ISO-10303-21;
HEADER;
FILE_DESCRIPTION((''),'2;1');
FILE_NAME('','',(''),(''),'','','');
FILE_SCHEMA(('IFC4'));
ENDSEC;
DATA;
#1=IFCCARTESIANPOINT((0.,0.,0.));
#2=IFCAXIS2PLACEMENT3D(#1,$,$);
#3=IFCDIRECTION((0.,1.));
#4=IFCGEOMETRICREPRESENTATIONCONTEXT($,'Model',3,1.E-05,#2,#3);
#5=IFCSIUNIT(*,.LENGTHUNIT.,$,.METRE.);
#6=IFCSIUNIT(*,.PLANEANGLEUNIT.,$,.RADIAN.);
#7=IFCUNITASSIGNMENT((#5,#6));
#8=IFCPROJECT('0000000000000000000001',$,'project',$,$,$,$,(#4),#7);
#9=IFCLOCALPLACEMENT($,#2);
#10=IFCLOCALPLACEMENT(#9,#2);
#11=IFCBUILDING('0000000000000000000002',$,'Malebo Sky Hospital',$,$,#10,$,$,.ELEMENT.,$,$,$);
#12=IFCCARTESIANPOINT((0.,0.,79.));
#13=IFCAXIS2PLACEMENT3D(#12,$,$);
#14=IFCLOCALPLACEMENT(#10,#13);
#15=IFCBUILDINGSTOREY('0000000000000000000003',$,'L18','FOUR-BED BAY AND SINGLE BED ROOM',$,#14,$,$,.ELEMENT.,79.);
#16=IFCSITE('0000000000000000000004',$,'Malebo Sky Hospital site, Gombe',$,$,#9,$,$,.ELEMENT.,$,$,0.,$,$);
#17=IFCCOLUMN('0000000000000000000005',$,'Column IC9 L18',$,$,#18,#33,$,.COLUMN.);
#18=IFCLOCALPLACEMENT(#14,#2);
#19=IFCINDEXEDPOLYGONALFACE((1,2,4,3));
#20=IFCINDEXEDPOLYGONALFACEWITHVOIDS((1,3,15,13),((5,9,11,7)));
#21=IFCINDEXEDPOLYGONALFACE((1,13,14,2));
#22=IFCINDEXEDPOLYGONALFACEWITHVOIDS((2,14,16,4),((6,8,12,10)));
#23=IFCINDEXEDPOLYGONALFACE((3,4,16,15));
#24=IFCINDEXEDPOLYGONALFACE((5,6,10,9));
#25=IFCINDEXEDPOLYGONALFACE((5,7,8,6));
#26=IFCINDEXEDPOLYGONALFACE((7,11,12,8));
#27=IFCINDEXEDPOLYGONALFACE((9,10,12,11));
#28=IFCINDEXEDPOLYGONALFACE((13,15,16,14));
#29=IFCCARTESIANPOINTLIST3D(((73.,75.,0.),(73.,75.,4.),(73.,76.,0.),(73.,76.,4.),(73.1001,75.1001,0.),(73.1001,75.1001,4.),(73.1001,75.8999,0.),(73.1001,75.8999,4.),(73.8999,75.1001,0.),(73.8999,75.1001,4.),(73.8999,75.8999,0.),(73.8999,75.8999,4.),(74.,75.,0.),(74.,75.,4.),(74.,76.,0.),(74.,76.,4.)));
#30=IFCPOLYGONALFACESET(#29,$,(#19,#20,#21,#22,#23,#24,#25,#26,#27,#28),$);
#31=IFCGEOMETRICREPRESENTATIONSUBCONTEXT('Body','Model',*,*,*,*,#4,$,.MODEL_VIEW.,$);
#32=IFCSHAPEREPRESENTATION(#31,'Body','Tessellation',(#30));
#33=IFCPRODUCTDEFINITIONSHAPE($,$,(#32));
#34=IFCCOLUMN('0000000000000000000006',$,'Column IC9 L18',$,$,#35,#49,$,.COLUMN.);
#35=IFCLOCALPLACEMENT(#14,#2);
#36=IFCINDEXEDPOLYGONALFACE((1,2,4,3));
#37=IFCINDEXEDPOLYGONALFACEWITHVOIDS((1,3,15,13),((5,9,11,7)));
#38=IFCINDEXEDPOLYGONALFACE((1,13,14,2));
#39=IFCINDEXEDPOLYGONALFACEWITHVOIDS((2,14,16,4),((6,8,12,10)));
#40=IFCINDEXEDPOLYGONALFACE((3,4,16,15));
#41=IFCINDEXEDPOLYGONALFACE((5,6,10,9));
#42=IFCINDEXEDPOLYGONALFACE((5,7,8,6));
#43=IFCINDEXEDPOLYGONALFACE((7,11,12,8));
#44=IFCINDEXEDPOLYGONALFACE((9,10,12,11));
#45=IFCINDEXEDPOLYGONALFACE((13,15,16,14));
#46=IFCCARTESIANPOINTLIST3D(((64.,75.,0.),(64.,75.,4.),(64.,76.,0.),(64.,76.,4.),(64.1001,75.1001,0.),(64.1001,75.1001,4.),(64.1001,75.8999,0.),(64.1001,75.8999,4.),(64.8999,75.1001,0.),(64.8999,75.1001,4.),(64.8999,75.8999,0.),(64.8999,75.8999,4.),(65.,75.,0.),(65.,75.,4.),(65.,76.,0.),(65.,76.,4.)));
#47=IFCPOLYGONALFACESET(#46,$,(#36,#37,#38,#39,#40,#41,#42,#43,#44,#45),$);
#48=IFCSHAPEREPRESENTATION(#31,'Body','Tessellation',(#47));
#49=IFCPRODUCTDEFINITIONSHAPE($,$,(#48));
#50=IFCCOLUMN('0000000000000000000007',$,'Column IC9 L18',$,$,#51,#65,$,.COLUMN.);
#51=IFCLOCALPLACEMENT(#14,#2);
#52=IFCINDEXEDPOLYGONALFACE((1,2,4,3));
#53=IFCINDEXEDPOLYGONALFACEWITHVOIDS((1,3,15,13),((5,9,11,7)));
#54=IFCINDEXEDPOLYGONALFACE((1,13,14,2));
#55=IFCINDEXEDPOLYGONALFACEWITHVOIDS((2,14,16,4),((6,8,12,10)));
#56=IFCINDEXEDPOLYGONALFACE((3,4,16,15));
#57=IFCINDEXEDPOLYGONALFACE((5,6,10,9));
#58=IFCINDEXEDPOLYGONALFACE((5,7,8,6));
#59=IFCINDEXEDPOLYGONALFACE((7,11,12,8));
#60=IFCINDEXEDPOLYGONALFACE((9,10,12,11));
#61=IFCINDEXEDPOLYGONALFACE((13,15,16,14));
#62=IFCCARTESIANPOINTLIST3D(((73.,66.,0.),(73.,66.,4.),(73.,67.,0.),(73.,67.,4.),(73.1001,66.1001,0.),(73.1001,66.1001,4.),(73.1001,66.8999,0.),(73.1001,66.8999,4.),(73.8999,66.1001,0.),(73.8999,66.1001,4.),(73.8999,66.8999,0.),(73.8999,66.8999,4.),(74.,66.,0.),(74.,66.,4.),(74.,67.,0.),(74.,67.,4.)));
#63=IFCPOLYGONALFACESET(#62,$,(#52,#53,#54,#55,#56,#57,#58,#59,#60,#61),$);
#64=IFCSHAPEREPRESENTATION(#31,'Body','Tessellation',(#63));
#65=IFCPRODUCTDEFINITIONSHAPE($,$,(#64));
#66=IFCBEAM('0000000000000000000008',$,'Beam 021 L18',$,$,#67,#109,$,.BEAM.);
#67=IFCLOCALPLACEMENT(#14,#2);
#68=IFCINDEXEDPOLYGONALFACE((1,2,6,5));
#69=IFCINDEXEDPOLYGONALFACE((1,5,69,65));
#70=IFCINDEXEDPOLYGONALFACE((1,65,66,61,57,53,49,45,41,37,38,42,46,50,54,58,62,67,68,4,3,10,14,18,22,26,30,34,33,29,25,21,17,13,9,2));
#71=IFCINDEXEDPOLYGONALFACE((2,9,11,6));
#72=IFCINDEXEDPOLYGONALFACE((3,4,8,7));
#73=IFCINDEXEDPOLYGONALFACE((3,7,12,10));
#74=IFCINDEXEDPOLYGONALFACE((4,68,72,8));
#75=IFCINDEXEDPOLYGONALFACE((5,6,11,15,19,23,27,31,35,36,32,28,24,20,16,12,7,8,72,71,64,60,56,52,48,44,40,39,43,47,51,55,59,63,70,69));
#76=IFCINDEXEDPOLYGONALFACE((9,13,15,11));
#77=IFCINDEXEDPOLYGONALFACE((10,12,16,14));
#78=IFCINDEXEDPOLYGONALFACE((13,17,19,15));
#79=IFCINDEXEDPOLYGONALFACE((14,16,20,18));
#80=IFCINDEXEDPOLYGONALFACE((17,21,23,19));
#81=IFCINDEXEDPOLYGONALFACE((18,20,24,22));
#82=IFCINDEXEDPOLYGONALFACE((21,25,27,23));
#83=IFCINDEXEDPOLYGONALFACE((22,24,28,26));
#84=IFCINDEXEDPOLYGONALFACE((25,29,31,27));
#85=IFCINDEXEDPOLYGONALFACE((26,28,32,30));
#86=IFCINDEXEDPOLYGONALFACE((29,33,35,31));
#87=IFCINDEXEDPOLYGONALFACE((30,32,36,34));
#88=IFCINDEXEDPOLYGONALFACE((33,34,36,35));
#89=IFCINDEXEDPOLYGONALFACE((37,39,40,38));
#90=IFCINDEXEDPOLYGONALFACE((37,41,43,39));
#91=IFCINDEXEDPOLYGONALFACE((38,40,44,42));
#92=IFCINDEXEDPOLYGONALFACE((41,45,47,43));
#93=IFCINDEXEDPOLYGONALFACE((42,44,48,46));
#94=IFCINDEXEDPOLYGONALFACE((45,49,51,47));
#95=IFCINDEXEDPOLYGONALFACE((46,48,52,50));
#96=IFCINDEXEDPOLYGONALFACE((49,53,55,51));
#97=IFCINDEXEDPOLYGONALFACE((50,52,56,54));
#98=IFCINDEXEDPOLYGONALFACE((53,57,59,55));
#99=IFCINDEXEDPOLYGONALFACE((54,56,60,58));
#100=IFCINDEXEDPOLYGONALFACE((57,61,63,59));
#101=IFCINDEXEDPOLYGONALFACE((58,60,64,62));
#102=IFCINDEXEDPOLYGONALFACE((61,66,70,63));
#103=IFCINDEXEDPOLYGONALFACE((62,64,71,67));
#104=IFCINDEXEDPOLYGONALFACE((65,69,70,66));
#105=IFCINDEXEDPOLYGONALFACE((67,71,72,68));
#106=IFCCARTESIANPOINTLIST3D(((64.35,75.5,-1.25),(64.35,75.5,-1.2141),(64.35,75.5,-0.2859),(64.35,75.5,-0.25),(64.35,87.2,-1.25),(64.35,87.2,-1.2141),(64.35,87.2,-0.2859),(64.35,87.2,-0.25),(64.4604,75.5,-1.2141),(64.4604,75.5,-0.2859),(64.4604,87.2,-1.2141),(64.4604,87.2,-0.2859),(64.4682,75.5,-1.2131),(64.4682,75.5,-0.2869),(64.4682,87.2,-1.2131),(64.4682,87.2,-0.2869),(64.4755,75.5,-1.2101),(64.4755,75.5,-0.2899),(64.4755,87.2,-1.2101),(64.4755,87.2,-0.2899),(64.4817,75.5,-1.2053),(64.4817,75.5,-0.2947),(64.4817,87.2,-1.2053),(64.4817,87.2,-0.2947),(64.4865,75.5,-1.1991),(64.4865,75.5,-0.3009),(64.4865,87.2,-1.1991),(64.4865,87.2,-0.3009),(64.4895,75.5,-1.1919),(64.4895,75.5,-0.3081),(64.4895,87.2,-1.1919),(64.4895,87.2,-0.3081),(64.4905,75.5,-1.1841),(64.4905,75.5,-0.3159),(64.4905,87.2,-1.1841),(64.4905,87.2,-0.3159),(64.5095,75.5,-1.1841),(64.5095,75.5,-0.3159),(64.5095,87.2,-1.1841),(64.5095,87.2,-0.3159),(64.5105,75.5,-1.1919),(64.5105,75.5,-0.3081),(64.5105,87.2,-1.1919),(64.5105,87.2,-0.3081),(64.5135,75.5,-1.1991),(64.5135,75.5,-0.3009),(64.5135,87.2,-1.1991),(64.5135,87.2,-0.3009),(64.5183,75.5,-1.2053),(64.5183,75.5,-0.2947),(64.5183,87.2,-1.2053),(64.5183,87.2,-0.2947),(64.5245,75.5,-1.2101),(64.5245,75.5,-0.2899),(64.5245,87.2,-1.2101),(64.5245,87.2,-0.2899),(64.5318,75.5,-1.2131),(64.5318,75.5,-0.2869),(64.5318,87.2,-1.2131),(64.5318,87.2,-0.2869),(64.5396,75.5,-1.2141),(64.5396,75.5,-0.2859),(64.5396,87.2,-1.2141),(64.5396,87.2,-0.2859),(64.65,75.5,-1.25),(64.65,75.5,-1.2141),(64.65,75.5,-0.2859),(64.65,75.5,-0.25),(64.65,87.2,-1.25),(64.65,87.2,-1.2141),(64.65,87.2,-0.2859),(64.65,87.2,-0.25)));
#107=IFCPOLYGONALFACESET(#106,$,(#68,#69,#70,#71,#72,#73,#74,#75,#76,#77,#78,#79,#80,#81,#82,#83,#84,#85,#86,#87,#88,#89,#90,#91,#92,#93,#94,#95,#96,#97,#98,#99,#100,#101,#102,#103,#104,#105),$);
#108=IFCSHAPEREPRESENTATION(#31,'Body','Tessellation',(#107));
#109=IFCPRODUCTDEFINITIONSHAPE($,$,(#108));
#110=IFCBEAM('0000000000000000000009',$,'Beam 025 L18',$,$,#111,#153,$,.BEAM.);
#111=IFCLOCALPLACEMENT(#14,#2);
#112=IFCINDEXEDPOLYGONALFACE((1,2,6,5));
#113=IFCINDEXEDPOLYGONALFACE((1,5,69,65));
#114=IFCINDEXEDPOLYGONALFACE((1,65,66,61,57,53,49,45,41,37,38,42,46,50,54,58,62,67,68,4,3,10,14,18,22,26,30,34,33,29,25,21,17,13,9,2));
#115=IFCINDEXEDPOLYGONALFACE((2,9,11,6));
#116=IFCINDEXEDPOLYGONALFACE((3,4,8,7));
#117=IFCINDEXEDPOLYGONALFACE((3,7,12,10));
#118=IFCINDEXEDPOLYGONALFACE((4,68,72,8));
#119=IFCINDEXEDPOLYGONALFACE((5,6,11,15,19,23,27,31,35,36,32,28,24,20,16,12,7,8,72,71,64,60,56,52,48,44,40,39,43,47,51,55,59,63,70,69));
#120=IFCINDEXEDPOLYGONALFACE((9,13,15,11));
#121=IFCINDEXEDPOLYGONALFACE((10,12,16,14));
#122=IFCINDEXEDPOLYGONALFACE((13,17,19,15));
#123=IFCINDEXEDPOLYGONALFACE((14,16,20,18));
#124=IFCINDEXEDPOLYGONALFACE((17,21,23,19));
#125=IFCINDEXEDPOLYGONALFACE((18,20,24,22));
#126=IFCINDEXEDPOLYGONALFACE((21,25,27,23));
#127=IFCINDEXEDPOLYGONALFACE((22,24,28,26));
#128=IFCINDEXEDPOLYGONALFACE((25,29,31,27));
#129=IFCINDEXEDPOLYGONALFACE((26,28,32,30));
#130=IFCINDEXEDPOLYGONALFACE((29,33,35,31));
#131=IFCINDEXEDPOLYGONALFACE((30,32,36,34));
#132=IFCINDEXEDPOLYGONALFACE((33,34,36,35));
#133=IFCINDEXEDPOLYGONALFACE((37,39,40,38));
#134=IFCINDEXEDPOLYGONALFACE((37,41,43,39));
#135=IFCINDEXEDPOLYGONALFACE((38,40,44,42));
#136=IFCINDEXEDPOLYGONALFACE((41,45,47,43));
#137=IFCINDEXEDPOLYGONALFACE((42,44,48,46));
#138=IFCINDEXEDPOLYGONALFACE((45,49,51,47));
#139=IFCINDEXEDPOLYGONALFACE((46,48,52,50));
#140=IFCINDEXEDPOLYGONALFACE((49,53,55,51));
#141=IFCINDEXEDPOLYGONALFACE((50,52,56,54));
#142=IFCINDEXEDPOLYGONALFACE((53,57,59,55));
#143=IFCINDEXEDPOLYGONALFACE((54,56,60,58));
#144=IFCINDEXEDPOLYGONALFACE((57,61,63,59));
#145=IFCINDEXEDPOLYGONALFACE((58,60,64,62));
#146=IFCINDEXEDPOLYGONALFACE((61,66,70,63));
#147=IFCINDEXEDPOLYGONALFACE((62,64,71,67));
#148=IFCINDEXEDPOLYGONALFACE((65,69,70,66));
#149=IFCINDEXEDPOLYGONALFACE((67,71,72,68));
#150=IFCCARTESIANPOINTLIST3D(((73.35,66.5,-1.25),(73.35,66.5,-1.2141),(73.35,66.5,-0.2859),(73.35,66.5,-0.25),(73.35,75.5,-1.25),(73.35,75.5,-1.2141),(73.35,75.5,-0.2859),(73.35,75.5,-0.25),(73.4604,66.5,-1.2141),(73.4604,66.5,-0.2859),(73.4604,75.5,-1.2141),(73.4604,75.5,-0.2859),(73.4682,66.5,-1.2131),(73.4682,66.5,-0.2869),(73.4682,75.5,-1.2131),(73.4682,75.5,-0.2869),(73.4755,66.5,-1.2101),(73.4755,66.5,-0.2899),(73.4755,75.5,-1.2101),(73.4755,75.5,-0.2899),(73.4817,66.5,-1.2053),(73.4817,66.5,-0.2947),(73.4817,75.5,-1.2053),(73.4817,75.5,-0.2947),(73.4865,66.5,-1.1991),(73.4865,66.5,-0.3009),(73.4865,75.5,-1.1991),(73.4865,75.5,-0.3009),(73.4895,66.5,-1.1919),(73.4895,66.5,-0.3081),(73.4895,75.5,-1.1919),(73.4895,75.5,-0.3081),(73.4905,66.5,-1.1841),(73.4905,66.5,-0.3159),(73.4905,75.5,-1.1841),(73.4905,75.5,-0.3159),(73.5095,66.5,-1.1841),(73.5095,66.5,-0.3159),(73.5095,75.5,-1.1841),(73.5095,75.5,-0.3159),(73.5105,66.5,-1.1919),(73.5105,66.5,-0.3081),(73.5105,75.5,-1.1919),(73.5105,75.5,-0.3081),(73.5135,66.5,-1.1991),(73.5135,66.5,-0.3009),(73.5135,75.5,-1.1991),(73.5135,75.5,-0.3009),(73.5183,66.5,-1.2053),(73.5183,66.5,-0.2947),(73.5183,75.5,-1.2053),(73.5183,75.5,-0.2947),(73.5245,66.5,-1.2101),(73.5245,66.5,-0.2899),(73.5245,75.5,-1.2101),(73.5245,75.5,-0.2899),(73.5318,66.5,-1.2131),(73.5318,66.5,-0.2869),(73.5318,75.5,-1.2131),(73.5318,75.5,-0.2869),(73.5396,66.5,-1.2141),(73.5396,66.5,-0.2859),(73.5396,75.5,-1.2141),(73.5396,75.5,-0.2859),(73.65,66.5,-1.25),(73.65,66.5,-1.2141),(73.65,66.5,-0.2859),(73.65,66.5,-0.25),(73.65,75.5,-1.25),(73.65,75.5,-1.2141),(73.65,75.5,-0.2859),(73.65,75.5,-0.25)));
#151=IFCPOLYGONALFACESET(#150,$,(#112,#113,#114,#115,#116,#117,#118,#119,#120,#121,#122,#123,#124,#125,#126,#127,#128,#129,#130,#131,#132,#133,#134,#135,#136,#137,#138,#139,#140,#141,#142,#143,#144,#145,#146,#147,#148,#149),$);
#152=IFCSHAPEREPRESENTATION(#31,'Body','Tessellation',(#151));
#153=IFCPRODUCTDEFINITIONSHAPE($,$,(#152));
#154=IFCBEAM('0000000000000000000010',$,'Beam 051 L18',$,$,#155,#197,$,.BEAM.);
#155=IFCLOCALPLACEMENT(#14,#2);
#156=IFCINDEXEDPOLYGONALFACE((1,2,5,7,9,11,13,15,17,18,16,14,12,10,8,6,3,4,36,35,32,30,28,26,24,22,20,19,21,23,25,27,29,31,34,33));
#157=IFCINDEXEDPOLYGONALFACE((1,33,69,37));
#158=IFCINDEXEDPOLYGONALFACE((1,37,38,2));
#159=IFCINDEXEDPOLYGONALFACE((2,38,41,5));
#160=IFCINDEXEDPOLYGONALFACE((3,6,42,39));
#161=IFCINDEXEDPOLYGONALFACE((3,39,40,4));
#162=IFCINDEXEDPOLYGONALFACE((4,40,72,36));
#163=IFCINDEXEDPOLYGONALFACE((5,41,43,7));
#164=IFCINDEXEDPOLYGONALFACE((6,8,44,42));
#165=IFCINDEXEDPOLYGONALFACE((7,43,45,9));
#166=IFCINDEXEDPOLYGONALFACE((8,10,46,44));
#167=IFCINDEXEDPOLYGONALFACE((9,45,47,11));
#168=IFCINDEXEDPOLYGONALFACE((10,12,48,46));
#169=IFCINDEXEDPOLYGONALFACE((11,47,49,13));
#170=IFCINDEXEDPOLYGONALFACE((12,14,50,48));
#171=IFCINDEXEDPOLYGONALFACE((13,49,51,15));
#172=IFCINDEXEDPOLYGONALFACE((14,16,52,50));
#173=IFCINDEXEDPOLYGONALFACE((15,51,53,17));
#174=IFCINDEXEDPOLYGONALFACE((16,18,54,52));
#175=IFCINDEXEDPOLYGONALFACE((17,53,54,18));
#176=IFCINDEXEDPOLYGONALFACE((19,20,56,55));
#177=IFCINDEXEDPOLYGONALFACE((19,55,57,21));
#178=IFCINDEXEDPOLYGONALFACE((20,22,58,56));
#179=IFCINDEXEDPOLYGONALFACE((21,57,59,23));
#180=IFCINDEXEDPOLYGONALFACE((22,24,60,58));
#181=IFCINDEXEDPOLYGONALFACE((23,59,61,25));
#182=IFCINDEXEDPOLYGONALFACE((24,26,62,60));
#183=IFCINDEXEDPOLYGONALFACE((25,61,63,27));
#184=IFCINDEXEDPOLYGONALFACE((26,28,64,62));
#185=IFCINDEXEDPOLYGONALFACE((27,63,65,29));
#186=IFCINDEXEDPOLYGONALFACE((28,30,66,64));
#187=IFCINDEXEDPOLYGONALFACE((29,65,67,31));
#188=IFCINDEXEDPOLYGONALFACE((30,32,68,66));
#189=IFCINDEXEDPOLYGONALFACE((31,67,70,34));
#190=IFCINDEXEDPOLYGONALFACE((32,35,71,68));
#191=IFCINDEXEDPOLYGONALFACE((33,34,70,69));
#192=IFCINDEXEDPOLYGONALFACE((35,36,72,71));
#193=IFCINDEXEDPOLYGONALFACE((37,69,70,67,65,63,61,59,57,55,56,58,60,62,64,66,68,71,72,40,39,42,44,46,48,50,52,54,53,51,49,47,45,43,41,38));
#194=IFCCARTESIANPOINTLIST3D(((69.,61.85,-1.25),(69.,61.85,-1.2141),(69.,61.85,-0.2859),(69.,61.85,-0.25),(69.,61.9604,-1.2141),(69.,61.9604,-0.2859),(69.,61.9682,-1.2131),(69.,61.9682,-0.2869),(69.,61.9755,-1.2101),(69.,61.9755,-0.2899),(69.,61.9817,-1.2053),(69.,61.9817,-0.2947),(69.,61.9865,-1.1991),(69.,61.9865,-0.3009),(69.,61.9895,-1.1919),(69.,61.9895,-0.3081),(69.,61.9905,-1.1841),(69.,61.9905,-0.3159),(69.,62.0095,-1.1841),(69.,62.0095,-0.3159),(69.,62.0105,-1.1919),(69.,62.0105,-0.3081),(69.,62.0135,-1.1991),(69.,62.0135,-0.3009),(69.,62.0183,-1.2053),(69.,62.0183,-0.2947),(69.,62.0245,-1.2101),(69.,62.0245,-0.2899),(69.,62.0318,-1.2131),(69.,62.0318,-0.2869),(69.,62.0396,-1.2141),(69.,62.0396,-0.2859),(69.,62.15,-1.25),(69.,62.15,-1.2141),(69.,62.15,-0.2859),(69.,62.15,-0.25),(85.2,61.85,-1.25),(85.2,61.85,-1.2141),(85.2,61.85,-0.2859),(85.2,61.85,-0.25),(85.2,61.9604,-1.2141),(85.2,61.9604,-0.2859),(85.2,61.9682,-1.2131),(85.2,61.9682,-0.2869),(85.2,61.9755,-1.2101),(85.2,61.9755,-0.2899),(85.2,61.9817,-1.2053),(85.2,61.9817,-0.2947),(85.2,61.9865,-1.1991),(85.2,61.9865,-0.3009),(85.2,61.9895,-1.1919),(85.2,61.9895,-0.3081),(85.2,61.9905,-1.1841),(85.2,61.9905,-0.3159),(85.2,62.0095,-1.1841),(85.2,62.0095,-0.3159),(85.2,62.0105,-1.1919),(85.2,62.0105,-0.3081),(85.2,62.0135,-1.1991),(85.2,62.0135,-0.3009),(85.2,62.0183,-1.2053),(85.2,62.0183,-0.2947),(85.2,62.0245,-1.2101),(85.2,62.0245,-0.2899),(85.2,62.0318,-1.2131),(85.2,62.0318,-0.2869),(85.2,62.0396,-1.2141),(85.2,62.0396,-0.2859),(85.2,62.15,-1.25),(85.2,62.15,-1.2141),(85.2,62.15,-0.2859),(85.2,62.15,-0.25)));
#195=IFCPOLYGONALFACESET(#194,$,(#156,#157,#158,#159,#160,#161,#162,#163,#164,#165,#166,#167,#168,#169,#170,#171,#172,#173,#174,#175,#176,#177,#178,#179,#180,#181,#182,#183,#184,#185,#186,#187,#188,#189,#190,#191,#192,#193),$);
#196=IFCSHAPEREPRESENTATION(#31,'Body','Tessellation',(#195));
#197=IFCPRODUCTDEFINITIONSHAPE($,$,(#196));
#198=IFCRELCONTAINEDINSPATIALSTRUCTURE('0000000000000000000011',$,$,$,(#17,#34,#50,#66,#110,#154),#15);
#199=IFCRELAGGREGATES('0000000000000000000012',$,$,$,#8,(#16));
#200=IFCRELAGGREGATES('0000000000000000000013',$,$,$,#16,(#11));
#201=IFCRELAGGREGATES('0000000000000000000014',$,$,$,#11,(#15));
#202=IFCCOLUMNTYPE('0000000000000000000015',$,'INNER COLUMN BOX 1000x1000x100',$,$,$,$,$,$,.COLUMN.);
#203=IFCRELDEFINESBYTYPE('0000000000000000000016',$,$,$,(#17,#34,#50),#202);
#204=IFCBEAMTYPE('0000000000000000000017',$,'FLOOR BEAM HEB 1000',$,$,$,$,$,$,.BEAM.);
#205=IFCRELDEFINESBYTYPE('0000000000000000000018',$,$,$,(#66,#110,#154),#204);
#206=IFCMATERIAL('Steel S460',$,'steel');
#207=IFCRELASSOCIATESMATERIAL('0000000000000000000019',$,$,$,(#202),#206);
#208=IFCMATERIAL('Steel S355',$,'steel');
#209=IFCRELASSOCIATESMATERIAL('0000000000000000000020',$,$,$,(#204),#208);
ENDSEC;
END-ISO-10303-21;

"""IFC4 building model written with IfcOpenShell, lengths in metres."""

from ifc_helpers import new_model, si_unit, direction, frame, origin, origin_2d, place, context, subcontext, project, spatial, hollow_rectangle, i_section, extrude, material, material_profile, profile_set, type_object, element, save


model = new_model("IFC4")

# Units and contexts
model_context = context("Model", 3, precision=1e-05, world=origin(), true_north=direction((0.0, 1.0)))
body_context = subcontext(model_context, "Body", "Model", "MODEL_VIEW")
ifc_project = project(units=[si_unit("LENGTHUNIT", "METRE"), si_unit("PLANEANGLEUNIT", "RADIAN")], contexts=[model_context])

# Site, building, storey
site_placement = place(None, origin())
site = spatial("IfcSite", under=ifc_project, at=site_placement, Name="Malebo Sky Hospital site, Gombe", CompositionType="ELEMENT", RefElevation=0.0)
building_placement = place(site_placement, origin())
building = spatial("IfcBuilding", under=site, at=building_placement, Name="Malebo Sky Hospital", CompositionType="ELEMENT")
storey_placement = place(building_placement, frame((0.0, 0.0, 79.0)))
storey = spatial("IfcBuildingStorey", under=building, at=storey_placement, Name="L18", Description="FOUR-BED BAY AND SINGLE BED ROOM", CompositionType="ELEMENT", Elevation=79.0)

# Columns
ifc_material_1 = material(Name="Steel S460", Category="steel")
ifc_material_profile_1 = material_profile(ifc_material_1, hollow_rectangle(XDim=1.0, YDim=1.0, WallThickness=0.1001, at=origin_2d()), Name="BOX 1000x1000x100")
ifc_profile_set_1 = profile_set([ifc_material_profile_1], Name="Steel S460")
column_type = type_object("IfcColumnType", Name="INNER COLUMN BOX 1000x1000x100", PredefinedType="COLUMN", material=ifc_profile_set_1)
for number, where, z_axis, x_axis, name in (
    (1, (73.5, 75.5, 0.0), (0.0, 0.0, 1.0), (1.0, 0.0, 0.0), "Column IC9 L18"),
    (2, (64.5, 75.5, 0.0), (0.0, 0.0, 1.0), (1.0, 0.0, 0.0), "Column IC9 L18"),
    (3, (73.5, 66.5, 0.0), (0.0, 0.0, 1.0), (1.0, 0.0, 0.0), "Column IC9 L18"),
):
    element("IfcColumn", number, at=place(storey_placement, frame(where, z_axis=z_axis, x_axis=x_axis)), inside=storey, type_object=column_type, Name=name, PredefinedType="COLUMN", context=body_context, shape_type="SweptSolid", body=[
        extrude(hollow_rectangle(XDim=1.0, YDim=1.0, WallThickness=0.1001, at=origin_2d()), origin(), (0.0, 0.0, 1.0), 4.0),
    ])

# Beams
ifc_material_2 = material(Name="Steel S355", Category="steel")
ifc_material_profile_2 = material_profile(ifc_material_2, i_section(OverallWidth=0.3, OverallDepth=1.0, WebThickness=0.019, FlangeThickness=0.0359, FilletRadius=0.03, at=origin_2d()), Name="HEB 1000")
ifc_profile_set_2 = profile_set([ifc_material_profile_2], Name="Steel S355")
beam_type_1 = type_object("IfcBeamType", Name="FLOOR BEAM HEB 1000", PredefinedType="BEAM", material=ifc_profile_set_2)
beam_1_placement = place(storey_placement, frame((64.5, 75.5, -0.75), z_axis=(0.0, 1.0, 0.0), x_axis=(-1.0, 0.0, 0.0)))
element("IfcBeam", 4, at=beam_1_placement, inside=storey, type_object=beam_type_1, Name="Beam 021 L18", PredefinedType="BEAM", context=body_context, shape_type="SweptSolid", body=[
    extrude(i_section(OverallWidth=0.3, OverallDepth=1.0, WebThickness=0.019, FlangeThickness=0.0359, FilletRadius=0.03, at=origin_2d()), origin(), (0.0, 0.0, 1.0), 11.7),
])
beam_2_placement = place(storey_placement, frame((73.5, 66.5, -0.75), z_axis=(0.0, 1.0, 0.0), x_axis=(-1.0, 0.0, 0.0)))
element("IfcBeam", 5, at=beam_2_placement, inside=storey, type_object=beam_type_1, Name="Beam 025 L18", PredefinedType="BEAM", context=body_context, shape_type="SweptSolid", body=[
    extrude(i_section(OverallWidth=0.3, OverallDepth=1.0, WebThickness=0.019, FlangeThickness=0.0359, FilletRadius=0.03, at=origin_2d()), origin(), (0.0, 0.0, 1.0), 9.0),
])
beam_3_placement = place(storey_placement, frame((69.0, 62.0, -0.75), z_axis=(1.0, 0.0, 0.0), x_axis=(0.0, 1.0, 0.0)))
element("IfcBeam", 6, at=beam_3_placement, inside=storey, type_object=beam_type_1, Name="Beam 051 L18", PredefinedType="BEAM", context=body_context, shape_type="SweptSolid", body=[
    extrude(i_section(OverallWidth=0.3, OverallDepth=1.0, WebThickness=0.019, FlangeThickness=0.0359, FilletRadius=0.03, at=origin_2d()), origin(), (0.0, 0.0, 1.0), 16.2),
])

save(model, "model.ifc")
